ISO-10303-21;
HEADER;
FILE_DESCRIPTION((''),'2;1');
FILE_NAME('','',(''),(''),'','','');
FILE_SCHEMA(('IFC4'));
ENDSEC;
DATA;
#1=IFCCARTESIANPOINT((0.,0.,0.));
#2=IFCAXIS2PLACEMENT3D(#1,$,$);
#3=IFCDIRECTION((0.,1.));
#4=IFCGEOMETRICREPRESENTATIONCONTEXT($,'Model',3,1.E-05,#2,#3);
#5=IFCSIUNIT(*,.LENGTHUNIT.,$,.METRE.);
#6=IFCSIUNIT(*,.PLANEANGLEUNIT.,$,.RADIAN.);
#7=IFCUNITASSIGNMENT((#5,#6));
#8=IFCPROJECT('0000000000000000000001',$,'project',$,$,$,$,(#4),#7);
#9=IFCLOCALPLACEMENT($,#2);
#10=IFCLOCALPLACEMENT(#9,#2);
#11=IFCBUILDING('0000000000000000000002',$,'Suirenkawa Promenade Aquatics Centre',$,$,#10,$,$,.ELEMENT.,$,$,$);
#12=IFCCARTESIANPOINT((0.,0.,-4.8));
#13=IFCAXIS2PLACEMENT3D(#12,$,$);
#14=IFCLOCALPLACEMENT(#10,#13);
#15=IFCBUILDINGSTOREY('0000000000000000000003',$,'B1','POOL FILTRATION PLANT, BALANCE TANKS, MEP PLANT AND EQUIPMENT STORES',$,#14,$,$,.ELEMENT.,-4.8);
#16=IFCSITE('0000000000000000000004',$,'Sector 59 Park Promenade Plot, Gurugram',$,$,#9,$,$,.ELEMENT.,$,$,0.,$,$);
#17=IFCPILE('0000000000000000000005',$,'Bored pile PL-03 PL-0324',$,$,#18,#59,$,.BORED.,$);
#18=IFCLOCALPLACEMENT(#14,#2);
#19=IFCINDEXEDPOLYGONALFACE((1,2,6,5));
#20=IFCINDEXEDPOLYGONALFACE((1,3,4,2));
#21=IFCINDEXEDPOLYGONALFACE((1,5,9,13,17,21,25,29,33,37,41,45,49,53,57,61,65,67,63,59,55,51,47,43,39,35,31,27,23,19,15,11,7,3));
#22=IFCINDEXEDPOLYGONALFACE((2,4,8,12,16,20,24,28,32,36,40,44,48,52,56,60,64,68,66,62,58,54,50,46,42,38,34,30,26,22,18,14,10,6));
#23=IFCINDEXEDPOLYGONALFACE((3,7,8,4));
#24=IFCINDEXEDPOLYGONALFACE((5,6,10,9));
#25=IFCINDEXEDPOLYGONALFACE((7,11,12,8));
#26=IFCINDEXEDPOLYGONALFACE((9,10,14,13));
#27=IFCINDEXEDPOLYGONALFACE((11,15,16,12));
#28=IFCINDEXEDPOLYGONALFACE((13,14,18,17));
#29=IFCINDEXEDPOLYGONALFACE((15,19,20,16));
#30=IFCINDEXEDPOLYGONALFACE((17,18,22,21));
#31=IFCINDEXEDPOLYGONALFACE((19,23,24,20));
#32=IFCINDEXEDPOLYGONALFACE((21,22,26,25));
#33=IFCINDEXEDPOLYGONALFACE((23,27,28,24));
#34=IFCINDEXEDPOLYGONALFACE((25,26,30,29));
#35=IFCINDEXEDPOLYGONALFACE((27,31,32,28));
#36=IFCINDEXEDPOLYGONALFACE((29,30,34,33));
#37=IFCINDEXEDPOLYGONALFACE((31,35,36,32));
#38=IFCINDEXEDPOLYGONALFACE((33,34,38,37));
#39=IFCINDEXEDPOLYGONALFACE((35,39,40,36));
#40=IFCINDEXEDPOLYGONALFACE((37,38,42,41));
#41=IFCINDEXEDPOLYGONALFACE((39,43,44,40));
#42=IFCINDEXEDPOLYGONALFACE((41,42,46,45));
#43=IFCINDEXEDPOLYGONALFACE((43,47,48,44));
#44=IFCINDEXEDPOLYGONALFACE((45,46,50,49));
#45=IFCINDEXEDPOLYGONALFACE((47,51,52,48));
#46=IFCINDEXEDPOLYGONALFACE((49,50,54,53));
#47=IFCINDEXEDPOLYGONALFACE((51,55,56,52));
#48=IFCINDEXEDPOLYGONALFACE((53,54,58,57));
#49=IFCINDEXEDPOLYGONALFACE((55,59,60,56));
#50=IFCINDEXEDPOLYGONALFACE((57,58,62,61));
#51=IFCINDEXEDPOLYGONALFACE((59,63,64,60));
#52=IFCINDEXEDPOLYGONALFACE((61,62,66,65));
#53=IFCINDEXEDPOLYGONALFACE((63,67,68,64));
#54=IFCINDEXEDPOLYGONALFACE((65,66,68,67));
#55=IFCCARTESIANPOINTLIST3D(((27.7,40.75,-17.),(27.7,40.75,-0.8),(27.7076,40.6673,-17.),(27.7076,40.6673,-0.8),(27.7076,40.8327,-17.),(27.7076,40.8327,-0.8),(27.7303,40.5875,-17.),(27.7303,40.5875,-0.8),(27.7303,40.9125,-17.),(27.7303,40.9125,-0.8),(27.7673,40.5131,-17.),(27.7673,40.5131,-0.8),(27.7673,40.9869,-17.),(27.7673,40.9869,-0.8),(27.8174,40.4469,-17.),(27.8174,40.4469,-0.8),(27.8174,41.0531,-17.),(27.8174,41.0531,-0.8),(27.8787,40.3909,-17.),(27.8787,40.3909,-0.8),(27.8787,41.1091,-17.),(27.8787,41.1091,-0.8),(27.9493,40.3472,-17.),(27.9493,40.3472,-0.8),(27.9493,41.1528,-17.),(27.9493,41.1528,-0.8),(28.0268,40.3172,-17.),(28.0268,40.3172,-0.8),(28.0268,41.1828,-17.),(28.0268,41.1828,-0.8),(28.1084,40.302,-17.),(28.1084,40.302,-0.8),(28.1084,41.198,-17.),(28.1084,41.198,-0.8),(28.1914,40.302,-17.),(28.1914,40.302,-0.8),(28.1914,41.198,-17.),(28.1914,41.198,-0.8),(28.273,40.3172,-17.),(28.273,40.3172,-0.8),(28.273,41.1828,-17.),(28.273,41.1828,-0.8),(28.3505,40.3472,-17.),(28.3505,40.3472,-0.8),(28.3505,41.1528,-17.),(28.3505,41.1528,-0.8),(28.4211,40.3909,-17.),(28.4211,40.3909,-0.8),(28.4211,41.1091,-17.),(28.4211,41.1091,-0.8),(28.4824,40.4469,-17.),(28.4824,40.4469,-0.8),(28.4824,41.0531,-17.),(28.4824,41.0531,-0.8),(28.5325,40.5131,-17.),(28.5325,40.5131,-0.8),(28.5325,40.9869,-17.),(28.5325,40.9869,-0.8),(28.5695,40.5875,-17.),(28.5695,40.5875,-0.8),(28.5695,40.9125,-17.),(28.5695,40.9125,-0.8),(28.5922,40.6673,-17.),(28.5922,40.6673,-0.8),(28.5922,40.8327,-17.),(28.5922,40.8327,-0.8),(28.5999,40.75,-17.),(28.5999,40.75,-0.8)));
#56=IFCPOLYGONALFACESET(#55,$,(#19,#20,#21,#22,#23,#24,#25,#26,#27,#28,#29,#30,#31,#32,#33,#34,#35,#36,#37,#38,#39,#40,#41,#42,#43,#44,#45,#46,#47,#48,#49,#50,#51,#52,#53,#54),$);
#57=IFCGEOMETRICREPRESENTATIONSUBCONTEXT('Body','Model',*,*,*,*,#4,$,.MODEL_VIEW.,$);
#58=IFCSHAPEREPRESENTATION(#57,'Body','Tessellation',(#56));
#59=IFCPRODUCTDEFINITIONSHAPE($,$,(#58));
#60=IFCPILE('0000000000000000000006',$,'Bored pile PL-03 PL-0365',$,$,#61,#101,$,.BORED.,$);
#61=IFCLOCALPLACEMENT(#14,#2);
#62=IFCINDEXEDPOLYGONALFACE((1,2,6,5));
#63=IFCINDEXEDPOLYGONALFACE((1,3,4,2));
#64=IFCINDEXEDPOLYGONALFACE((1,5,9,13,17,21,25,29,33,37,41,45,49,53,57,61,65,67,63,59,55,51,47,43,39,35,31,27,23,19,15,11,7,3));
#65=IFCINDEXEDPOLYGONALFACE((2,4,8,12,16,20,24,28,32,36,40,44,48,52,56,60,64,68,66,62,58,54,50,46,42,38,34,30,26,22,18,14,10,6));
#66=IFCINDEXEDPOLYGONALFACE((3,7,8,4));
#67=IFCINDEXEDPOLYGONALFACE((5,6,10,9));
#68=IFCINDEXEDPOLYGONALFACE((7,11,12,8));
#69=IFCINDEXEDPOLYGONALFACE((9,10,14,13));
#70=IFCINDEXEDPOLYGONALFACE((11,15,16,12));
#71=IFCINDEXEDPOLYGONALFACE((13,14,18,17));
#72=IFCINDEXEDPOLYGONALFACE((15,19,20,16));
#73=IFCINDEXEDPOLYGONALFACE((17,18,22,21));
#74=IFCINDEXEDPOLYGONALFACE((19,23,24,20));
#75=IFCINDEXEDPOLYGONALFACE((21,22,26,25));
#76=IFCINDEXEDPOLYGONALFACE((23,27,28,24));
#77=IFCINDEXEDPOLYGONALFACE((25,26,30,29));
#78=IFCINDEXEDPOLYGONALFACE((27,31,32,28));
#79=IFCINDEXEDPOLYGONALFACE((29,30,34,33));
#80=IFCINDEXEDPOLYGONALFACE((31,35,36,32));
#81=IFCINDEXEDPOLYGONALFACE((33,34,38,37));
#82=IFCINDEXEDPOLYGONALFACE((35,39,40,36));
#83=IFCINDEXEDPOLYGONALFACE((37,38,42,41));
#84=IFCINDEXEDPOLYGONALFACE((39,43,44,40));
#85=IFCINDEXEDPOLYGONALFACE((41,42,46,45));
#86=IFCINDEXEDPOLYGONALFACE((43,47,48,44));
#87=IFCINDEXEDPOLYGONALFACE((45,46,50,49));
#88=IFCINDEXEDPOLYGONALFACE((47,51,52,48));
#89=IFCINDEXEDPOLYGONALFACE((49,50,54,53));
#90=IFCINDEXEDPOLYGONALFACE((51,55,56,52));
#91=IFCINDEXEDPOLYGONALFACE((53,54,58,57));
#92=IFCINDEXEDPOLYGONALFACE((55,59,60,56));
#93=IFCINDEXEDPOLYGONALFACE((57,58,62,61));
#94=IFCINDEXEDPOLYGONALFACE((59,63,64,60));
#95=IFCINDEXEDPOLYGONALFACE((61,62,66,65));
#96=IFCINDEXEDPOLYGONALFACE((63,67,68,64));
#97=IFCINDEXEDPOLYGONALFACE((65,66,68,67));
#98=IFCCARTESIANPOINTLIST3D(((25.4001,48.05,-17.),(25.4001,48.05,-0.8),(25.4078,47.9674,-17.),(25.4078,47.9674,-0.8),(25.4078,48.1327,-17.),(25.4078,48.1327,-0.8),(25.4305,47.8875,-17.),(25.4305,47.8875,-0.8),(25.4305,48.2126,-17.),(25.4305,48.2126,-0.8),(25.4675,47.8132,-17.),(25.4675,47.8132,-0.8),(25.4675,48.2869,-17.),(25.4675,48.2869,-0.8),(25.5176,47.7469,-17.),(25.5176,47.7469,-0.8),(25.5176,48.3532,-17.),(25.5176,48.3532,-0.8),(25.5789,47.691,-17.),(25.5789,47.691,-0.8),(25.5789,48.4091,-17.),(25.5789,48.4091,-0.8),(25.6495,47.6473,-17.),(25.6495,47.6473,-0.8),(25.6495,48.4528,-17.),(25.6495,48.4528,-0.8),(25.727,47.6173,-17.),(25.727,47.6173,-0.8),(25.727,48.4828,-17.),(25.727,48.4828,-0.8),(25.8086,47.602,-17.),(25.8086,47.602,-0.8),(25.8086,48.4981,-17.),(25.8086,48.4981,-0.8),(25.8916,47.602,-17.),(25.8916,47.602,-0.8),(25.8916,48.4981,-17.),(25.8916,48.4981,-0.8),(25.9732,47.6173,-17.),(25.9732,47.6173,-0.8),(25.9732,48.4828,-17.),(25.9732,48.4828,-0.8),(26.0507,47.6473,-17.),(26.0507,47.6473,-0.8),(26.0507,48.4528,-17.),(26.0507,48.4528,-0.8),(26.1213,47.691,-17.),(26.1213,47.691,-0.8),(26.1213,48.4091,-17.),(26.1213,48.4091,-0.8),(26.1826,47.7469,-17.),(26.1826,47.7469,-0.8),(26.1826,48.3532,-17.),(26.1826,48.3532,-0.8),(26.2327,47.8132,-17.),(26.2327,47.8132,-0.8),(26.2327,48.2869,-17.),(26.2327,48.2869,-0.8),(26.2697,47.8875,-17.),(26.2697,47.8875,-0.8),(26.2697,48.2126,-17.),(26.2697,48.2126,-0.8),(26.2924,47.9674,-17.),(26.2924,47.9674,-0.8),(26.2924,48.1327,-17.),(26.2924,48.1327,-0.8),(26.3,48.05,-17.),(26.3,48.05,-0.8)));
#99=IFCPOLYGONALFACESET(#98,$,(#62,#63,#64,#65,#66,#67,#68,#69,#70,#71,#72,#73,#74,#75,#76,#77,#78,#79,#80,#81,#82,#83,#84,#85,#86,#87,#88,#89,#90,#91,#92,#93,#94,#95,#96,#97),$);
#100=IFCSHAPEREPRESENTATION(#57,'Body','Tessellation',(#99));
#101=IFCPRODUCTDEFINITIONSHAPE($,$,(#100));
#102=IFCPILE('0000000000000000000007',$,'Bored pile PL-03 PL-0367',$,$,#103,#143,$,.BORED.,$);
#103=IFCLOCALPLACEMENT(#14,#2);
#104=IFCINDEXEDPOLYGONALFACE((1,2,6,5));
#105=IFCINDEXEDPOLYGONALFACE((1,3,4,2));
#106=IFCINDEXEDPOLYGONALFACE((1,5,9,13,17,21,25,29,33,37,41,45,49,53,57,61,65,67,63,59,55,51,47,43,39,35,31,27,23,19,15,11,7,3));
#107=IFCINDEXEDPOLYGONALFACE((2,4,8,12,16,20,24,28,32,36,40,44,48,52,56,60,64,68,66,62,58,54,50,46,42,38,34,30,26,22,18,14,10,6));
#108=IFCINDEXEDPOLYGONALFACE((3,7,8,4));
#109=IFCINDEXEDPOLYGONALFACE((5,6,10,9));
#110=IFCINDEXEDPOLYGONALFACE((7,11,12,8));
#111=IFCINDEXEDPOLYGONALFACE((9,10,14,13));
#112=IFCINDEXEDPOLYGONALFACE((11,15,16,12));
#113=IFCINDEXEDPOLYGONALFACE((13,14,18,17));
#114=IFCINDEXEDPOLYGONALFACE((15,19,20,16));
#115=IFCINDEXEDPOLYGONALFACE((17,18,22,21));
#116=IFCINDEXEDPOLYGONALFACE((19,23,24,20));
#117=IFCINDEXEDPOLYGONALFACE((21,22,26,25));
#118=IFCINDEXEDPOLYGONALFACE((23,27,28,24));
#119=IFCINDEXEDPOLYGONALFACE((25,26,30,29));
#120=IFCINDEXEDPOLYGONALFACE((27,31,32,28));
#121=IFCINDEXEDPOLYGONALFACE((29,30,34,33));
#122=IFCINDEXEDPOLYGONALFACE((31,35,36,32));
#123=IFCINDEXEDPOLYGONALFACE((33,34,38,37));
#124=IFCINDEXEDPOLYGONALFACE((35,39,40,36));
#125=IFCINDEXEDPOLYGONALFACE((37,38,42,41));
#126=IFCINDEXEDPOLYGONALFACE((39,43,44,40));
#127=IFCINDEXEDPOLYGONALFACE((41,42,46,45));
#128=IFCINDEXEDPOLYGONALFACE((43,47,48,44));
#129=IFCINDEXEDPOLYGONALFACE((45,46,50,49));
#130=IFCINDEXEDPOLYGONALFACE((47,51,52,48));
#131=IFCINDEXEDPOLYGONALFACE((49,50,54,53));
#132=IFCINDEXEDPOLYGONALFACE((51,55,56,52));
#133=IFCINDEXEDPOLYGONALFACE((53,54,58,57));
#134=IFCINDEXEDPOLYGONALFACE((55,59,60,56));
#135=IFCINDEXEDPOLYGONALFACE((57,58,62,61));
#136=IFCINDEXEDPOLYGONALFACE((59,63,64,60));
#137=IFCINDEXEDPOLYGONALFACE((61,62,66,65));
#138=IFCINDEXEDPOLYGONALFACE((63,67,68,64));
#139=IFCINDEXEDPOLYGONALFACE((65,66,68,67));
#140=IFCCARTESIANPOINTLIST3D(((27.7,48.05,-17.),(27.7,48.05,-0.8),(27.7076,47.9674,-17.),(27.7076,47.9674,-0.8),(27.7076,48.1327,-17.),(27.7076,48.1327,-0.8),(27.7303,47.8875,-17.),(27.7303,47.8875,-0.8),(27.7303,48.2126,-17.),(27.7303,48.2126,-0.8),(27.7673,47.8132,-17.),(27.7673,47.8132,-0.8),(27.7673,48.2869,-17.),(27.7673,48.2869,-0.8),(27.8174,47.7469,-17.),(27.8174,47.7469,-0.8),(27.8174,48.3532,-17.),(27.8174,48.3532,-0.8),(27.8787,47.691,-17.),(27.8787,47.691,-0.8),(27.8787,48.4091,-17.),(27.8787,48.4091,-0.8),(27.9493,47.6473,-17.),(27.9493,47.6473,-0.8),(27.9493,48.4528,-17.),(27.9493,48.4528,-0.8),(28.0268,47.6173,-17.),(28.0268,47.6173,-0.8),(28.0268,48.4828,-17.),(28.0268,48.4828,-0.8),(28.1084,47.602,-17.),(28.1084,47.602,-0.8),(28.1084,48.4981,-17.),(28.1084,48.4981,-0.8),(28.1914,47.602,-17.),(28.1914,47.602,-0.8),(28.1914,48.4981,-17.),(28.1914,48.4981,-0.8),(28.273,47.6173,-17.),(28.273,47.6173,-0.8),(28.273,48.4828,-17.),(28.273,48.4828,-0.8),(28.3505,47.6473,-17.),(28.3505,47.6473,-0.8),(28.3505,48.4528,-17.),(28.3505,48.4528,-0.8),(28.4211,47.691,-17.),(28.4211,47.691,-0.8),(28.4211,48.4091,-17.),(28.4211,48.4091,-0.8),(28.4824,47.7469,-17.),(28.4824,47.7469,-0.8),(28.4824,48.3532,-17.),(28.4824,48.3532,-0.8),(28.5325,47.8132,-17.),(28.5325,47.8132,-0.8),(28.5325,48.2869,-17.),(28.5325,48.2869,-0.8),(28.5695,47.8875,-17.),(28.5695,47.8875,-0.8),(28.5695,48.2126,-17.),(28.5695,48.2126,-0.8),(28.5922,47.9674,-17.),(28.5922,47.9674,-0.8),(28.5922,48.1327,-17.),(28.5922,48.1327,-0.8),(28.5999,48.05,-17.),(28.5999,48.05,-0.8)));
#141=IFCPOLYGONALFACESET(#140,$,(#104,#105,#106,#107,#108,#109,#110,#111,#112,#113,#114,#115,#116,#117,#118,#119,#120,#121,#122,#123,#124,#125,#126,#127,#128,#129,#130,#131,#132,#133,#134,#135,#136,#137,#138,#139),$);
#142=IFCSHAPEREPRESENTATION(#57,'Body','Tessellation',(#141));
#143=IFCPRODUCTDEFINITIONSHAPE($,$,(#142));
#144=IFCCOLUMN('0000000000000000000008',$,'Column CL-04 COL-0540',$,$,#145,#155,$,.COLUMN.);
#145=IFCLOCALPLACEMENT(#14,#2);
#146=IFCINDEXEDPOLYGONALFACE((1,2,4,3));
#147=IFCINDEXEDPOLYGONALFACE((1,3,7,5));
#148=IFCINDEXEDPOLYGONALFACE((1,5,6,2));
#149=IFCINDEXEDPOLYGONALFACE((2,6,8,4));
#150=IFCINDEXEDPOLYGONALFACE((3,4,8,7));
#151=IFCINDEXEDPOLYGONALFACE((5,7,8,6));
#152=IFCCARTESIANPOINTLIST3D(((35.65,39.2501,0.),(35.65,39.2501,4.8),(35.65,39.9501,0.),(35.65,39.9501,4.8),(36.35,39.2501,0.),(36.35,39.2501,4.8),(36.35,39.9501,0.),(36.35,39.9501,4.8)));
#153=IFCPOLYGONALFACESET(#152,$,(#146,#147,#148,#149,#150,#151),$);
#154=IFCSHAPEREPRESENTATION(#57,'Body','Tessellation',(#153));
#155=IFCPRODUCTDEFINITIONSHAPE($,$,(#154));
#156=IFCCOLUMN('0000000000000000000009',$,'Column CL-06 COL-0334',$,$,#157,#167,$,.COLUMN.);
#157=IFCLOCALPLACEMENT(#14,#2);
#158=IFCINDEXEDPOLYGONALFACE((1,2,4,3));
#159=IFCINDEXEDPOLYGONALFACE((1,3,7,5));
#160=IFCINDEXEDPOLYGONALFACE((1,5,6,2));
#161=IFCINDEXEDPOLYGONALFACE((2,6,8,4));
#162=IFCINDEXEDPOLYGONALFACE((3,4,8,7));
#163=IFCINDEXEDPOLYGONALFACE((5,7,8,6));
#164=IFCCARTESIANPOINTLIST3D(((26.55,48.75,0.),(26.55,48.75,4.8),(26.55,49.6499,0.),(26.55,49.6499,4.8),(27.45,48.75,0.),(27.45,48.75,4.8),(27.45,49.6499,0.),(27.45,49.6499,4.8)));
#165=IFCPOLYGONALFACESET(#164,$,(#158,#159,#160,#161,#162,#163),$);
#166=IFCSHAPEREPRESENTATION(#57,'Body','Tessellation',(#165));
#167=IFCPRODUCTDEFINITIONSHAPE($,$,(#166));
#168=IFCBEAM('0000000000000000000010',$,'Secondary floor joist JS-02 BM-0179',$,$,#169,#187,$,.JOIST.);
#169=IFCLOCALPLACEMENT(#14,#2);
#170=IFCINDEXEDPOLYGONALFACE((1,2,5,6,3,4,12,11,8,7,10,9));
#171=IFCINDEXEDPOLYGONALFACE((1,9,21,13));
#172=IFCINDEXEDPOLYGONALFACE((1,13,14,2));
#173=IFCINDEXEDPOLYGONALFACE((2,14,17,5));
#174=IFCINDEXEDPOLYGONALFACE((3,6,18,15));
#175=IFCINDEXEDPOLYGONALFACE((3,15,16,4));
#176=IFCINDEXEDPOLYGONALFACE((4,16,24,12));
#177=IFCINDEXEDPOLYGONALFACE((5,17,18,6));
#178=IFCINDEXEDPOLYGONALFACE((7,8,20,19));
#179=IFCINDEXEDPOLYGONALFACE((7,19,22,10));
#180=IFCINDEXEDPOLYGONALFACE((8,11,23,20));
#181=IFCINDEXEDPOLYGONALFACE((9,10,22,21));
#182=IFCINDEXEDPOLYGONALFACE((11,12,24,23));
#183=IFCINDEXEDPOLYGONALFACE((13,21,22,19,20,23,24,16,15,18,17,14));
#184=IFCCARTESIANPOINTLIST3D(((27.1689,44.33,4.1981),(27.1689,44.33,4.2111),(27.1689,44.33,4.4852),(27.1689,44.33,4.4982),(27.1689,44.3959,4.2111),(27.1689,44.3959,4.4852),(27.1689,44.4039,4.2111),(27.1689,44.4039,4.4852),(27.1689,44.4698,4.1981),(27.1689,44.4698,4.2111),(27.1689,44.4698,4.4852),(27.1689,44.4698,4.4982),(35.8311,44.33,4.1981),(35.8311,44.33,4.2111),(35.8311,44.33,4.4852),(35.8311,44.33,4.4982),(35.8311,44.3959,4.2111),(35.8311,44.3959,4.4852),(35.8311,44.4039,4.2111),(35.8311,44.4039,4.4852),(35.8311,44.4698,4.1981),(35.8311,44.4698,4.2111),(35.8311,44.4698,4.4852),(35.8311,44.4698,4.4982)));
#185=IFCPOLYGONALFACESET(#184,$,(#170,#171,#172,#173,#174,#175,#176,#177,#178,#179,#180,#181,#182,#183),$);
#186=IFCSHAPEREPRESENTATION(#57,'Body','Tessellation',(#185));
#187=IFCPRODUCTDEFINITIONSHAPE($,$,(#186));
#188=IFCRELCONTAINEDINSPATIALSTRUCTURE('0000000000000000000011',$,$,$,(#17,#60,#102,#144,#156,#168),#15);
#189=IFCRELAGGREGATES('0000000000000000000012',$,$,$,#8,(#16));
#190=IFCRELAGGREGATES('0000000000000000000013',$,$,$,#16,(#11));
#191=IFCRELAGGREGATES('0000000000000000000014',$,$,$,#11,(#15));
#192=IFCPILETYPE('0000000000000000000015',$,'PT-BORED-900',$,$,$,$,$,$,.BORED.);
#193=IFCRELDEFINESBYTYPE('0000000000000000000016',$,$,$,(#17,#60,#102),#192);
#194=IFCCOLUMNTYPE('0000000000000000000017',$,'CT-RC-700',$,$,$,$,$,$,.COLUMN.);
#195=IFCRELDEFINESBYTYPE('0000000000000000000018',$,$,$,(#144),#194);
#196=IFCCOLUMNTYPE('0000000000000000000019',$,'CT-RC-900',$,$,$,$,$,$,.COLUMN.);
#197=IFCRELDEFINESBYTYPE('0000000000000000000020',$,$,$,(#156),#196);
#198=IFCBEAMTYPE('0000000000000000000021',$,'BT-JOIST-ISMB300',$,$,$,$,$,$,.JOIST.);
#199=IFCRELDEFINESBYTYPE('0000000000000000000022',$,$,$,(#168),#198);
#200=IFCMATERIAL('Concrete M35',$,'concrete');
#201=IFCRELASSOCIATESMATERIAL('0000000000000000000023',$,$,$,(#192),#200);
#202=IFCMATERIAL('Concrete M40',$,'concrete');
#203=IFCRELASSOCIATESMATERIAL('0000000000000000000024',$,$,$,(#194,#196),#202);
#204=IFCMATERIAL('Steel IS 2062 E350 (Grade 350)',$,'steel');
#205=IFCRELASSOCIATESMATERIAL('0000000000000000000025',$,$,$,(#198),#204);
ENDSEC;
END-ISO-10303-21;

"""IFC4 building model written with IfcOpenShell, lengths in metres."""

from ifc_helpers import new_model, si_unit, direction, frame, origin, origin_2d, place, context, subcontext, project, spatial, rectangle, circle, i_section, extrude, material, material_profile, profile_set, type_object, element, save


model = new_model("IFC4")

# Units and contexts
model_context = context("Model", 3, precision=1e-05, world=origin(), true_north=direction((0.0, 1.0)))
body_context = subcontext(model_context, "Body", "Model", "MODEL_VIEW")
ifc_project = project(units=[si_unit("LENGTHUNIT", "METRE"), si_unit("PLANEANGLEUNIT", "RADIAN")], contexts=[model_context])

# Site, building, storey
site_placement = place(None, origin())
site = spatial("IfcSite", under=ifc_project, at=site_placement, Name="Sector 59 Park Promenade Plot, Gurugram", CompositionType="ELEMENT", RefElevation=0.0)
building_placement = place(site_placement, origin())
building = spatial("IfcBuilding", under=site, at=building_placement, Name="Suirenkawa Promenade Aquatics Centre", CompositionType="ELEMENT")
storey_placement = place(building_placement, frame((0.0, 0.0, -4.8)))
storey = spatial("IfcBuildingStorey", under=building, at=storey_placement, Name="B1", Description="POOL FILTRATION PLANT, BALANCE TANKS, MEP PLANT AND EQUIPMENT STORES", CompositionType="ELEMENT", Elevation=-4.8)

# Shared definitions
ifc_material_1 = material(Name="Concrete M35", Category="concrete")

# Piles
ifc_material_profile_1 = material_profile(ifc_material_1, circle(Radius=0.45, at=origin_2d()), Name="PILE D900", Category="concrete")
ifc_profile_set_1 = profile_set([ifc_material_profile_1], Name="Concrete M35")
pile_type_1 = type_object("IfcPileType", Name="PT-BORED-900", PredefinedType="BORED", material=ifc_profile_set_1)
for number, where, z_axis, x_axis, name in (
    (1, (28.1499, 40.75, -0.8), (0.0, 0.0, -1.0), (1.0, 0.0, 0.0), "Bored pile PL-03 PL-0324"),
    (2, (25.8501, 48.05, -0.8), (0.0, 0.0, -1.0), (1.0, 0.0, 0.0), "Bored pile PL-03 PL-0365"),
    (3, (28.1499, 48.05, -0.8), (0.0, 0.0, -1.0), (1.0, 0.0, 0.0), "Bored pile PL-03 PL-0367"),
):
    element("IfcPile", number, at=place(storey_placement, frame(where, z_axis=z_axis, x_axis=x_axis)), inside=storey, type_object=pile_type_1, Name=name, PredefinedType="BORED", context=body_context, shape_type="SweptSolid", body=[
        extrude(circle(Radius=0.45, at=origin_2d()), origin(), (0.0, 0.0, 1.0), 16.2),
    ])

# Columns
ifc_material_2 = material(Name="Concrete M40", Category="concrete")
ifc_material_profile_2 = material_profile(ifc_material_2, rectangle(XDim=0.7, YDim=0.7, at=origin_2d()), Name="RC COL 700x700", Category="concrete")
ifc_profile_set_2 = profile_set([ifc_material_profile_2], Name="Concrete M40")
column_type_1 = type_object("IfcColumnType", Name="CT-RC-700", PredefinedType="COLUMN", material=ifc_profile_set_2)
column_1_placement = place(storey_placement, frame((36.0, 39.6001, 0.0), z_axis=(0.0, 0.0, 1.0), x_axis=(1.0, 0.0, 0.0)))
element("IfcColumn", 4, at=column_1_placement, inside=storey, type_object=column_type_1, Name="Column CL-04 COL-0540", PredefinedType="COLUMN", context=body_context, shape_type="SweptSolid", body=[
    extrude(rectangle(XDim=0.7, YDim=0.7, at=origin_2d()), origin(), (0.0, 0.0, 1.0), 4.8),
])
ifc_material_profile_3 = material_profile(ifc_material_2, rectangle(XDim=0.8999, YDim=0.8999, at=origin_2d()), Name="RC COL 900x900", Category="concrete")
ifc_profile_set_3 = profile_set([ifc_material_profile_3], Name="Concrete M40")
column_type_2 = type_object("IfcColumnType", Name="CT-RC-900", PredefinedType="COLUMN", material=ifc_profile_set_3)
column_2_placement = place(storey_placement, frame((27.0, 49.2, 0.0), z_axis=(0.0, 0.0, 1.0), x_axis=(1.0, 0.0, 0.0)))
element("IfcColumn", 5, at=column_2_placement, inside=storey, type_object=column_type_2, Name="Column CL-06 COL-0334", PredefinedType="COLUMN", context=body_context, shape_type="SweptSolid", body=[
    extrude(rectangle(XDim=0.8999, YDim=0.8999, at=origin_2d()), origin(), (0.0, 0.0, 1.0), 4.8),
])

# Beam
ifc_material_3 = material(Name="Steel IS 2062 E350 (Grade 350)", Category="steel")
ifc_material_profile_4 = material_profile(ifc_material_3, i_section(OverallWidth=0.1399, OverallDepth=0.3, WebThickness=0.0081, FlangeThickness=0.0129, at=origin_2d()), Name="ISMB 300", Category="steel")
ifc_profile_set_4 = profile_set([ifc_material_profile_4], Name="Steel IS 2062 E350 (Grade 350)")
beam_type_1 = type_object("IfcBeamType", Name="BT-JOIST-ISMB300", PredefinedType="JOIST", material=ifc_profile_set_4)
beam_1_placement = place(storey_placement, frame((27.1689, 44.3999, 4.3481), z_axis=(1.0, 0.0, 0.0), x_axis=(0.0, 1.0, 0.0)))
element("IfcBeam", 6, at=beam_1_placement, inside=storey, type_object=beam_type_1, Name="Secondary floor joist JS-02 BM-0179", PredefinedType="JOIST", context=body_context, shape_type="SweptSolid", body=[
    extrude(i_section(OverallWidth=0.1399, OverallDepth=0.3, WebThickness=0.0081, FlangeThickness=0.0129, at=origin_2d()), origin(), (0.0, 0.0, 1.0), 8.6621),
])

save(model, "model.ifc")
